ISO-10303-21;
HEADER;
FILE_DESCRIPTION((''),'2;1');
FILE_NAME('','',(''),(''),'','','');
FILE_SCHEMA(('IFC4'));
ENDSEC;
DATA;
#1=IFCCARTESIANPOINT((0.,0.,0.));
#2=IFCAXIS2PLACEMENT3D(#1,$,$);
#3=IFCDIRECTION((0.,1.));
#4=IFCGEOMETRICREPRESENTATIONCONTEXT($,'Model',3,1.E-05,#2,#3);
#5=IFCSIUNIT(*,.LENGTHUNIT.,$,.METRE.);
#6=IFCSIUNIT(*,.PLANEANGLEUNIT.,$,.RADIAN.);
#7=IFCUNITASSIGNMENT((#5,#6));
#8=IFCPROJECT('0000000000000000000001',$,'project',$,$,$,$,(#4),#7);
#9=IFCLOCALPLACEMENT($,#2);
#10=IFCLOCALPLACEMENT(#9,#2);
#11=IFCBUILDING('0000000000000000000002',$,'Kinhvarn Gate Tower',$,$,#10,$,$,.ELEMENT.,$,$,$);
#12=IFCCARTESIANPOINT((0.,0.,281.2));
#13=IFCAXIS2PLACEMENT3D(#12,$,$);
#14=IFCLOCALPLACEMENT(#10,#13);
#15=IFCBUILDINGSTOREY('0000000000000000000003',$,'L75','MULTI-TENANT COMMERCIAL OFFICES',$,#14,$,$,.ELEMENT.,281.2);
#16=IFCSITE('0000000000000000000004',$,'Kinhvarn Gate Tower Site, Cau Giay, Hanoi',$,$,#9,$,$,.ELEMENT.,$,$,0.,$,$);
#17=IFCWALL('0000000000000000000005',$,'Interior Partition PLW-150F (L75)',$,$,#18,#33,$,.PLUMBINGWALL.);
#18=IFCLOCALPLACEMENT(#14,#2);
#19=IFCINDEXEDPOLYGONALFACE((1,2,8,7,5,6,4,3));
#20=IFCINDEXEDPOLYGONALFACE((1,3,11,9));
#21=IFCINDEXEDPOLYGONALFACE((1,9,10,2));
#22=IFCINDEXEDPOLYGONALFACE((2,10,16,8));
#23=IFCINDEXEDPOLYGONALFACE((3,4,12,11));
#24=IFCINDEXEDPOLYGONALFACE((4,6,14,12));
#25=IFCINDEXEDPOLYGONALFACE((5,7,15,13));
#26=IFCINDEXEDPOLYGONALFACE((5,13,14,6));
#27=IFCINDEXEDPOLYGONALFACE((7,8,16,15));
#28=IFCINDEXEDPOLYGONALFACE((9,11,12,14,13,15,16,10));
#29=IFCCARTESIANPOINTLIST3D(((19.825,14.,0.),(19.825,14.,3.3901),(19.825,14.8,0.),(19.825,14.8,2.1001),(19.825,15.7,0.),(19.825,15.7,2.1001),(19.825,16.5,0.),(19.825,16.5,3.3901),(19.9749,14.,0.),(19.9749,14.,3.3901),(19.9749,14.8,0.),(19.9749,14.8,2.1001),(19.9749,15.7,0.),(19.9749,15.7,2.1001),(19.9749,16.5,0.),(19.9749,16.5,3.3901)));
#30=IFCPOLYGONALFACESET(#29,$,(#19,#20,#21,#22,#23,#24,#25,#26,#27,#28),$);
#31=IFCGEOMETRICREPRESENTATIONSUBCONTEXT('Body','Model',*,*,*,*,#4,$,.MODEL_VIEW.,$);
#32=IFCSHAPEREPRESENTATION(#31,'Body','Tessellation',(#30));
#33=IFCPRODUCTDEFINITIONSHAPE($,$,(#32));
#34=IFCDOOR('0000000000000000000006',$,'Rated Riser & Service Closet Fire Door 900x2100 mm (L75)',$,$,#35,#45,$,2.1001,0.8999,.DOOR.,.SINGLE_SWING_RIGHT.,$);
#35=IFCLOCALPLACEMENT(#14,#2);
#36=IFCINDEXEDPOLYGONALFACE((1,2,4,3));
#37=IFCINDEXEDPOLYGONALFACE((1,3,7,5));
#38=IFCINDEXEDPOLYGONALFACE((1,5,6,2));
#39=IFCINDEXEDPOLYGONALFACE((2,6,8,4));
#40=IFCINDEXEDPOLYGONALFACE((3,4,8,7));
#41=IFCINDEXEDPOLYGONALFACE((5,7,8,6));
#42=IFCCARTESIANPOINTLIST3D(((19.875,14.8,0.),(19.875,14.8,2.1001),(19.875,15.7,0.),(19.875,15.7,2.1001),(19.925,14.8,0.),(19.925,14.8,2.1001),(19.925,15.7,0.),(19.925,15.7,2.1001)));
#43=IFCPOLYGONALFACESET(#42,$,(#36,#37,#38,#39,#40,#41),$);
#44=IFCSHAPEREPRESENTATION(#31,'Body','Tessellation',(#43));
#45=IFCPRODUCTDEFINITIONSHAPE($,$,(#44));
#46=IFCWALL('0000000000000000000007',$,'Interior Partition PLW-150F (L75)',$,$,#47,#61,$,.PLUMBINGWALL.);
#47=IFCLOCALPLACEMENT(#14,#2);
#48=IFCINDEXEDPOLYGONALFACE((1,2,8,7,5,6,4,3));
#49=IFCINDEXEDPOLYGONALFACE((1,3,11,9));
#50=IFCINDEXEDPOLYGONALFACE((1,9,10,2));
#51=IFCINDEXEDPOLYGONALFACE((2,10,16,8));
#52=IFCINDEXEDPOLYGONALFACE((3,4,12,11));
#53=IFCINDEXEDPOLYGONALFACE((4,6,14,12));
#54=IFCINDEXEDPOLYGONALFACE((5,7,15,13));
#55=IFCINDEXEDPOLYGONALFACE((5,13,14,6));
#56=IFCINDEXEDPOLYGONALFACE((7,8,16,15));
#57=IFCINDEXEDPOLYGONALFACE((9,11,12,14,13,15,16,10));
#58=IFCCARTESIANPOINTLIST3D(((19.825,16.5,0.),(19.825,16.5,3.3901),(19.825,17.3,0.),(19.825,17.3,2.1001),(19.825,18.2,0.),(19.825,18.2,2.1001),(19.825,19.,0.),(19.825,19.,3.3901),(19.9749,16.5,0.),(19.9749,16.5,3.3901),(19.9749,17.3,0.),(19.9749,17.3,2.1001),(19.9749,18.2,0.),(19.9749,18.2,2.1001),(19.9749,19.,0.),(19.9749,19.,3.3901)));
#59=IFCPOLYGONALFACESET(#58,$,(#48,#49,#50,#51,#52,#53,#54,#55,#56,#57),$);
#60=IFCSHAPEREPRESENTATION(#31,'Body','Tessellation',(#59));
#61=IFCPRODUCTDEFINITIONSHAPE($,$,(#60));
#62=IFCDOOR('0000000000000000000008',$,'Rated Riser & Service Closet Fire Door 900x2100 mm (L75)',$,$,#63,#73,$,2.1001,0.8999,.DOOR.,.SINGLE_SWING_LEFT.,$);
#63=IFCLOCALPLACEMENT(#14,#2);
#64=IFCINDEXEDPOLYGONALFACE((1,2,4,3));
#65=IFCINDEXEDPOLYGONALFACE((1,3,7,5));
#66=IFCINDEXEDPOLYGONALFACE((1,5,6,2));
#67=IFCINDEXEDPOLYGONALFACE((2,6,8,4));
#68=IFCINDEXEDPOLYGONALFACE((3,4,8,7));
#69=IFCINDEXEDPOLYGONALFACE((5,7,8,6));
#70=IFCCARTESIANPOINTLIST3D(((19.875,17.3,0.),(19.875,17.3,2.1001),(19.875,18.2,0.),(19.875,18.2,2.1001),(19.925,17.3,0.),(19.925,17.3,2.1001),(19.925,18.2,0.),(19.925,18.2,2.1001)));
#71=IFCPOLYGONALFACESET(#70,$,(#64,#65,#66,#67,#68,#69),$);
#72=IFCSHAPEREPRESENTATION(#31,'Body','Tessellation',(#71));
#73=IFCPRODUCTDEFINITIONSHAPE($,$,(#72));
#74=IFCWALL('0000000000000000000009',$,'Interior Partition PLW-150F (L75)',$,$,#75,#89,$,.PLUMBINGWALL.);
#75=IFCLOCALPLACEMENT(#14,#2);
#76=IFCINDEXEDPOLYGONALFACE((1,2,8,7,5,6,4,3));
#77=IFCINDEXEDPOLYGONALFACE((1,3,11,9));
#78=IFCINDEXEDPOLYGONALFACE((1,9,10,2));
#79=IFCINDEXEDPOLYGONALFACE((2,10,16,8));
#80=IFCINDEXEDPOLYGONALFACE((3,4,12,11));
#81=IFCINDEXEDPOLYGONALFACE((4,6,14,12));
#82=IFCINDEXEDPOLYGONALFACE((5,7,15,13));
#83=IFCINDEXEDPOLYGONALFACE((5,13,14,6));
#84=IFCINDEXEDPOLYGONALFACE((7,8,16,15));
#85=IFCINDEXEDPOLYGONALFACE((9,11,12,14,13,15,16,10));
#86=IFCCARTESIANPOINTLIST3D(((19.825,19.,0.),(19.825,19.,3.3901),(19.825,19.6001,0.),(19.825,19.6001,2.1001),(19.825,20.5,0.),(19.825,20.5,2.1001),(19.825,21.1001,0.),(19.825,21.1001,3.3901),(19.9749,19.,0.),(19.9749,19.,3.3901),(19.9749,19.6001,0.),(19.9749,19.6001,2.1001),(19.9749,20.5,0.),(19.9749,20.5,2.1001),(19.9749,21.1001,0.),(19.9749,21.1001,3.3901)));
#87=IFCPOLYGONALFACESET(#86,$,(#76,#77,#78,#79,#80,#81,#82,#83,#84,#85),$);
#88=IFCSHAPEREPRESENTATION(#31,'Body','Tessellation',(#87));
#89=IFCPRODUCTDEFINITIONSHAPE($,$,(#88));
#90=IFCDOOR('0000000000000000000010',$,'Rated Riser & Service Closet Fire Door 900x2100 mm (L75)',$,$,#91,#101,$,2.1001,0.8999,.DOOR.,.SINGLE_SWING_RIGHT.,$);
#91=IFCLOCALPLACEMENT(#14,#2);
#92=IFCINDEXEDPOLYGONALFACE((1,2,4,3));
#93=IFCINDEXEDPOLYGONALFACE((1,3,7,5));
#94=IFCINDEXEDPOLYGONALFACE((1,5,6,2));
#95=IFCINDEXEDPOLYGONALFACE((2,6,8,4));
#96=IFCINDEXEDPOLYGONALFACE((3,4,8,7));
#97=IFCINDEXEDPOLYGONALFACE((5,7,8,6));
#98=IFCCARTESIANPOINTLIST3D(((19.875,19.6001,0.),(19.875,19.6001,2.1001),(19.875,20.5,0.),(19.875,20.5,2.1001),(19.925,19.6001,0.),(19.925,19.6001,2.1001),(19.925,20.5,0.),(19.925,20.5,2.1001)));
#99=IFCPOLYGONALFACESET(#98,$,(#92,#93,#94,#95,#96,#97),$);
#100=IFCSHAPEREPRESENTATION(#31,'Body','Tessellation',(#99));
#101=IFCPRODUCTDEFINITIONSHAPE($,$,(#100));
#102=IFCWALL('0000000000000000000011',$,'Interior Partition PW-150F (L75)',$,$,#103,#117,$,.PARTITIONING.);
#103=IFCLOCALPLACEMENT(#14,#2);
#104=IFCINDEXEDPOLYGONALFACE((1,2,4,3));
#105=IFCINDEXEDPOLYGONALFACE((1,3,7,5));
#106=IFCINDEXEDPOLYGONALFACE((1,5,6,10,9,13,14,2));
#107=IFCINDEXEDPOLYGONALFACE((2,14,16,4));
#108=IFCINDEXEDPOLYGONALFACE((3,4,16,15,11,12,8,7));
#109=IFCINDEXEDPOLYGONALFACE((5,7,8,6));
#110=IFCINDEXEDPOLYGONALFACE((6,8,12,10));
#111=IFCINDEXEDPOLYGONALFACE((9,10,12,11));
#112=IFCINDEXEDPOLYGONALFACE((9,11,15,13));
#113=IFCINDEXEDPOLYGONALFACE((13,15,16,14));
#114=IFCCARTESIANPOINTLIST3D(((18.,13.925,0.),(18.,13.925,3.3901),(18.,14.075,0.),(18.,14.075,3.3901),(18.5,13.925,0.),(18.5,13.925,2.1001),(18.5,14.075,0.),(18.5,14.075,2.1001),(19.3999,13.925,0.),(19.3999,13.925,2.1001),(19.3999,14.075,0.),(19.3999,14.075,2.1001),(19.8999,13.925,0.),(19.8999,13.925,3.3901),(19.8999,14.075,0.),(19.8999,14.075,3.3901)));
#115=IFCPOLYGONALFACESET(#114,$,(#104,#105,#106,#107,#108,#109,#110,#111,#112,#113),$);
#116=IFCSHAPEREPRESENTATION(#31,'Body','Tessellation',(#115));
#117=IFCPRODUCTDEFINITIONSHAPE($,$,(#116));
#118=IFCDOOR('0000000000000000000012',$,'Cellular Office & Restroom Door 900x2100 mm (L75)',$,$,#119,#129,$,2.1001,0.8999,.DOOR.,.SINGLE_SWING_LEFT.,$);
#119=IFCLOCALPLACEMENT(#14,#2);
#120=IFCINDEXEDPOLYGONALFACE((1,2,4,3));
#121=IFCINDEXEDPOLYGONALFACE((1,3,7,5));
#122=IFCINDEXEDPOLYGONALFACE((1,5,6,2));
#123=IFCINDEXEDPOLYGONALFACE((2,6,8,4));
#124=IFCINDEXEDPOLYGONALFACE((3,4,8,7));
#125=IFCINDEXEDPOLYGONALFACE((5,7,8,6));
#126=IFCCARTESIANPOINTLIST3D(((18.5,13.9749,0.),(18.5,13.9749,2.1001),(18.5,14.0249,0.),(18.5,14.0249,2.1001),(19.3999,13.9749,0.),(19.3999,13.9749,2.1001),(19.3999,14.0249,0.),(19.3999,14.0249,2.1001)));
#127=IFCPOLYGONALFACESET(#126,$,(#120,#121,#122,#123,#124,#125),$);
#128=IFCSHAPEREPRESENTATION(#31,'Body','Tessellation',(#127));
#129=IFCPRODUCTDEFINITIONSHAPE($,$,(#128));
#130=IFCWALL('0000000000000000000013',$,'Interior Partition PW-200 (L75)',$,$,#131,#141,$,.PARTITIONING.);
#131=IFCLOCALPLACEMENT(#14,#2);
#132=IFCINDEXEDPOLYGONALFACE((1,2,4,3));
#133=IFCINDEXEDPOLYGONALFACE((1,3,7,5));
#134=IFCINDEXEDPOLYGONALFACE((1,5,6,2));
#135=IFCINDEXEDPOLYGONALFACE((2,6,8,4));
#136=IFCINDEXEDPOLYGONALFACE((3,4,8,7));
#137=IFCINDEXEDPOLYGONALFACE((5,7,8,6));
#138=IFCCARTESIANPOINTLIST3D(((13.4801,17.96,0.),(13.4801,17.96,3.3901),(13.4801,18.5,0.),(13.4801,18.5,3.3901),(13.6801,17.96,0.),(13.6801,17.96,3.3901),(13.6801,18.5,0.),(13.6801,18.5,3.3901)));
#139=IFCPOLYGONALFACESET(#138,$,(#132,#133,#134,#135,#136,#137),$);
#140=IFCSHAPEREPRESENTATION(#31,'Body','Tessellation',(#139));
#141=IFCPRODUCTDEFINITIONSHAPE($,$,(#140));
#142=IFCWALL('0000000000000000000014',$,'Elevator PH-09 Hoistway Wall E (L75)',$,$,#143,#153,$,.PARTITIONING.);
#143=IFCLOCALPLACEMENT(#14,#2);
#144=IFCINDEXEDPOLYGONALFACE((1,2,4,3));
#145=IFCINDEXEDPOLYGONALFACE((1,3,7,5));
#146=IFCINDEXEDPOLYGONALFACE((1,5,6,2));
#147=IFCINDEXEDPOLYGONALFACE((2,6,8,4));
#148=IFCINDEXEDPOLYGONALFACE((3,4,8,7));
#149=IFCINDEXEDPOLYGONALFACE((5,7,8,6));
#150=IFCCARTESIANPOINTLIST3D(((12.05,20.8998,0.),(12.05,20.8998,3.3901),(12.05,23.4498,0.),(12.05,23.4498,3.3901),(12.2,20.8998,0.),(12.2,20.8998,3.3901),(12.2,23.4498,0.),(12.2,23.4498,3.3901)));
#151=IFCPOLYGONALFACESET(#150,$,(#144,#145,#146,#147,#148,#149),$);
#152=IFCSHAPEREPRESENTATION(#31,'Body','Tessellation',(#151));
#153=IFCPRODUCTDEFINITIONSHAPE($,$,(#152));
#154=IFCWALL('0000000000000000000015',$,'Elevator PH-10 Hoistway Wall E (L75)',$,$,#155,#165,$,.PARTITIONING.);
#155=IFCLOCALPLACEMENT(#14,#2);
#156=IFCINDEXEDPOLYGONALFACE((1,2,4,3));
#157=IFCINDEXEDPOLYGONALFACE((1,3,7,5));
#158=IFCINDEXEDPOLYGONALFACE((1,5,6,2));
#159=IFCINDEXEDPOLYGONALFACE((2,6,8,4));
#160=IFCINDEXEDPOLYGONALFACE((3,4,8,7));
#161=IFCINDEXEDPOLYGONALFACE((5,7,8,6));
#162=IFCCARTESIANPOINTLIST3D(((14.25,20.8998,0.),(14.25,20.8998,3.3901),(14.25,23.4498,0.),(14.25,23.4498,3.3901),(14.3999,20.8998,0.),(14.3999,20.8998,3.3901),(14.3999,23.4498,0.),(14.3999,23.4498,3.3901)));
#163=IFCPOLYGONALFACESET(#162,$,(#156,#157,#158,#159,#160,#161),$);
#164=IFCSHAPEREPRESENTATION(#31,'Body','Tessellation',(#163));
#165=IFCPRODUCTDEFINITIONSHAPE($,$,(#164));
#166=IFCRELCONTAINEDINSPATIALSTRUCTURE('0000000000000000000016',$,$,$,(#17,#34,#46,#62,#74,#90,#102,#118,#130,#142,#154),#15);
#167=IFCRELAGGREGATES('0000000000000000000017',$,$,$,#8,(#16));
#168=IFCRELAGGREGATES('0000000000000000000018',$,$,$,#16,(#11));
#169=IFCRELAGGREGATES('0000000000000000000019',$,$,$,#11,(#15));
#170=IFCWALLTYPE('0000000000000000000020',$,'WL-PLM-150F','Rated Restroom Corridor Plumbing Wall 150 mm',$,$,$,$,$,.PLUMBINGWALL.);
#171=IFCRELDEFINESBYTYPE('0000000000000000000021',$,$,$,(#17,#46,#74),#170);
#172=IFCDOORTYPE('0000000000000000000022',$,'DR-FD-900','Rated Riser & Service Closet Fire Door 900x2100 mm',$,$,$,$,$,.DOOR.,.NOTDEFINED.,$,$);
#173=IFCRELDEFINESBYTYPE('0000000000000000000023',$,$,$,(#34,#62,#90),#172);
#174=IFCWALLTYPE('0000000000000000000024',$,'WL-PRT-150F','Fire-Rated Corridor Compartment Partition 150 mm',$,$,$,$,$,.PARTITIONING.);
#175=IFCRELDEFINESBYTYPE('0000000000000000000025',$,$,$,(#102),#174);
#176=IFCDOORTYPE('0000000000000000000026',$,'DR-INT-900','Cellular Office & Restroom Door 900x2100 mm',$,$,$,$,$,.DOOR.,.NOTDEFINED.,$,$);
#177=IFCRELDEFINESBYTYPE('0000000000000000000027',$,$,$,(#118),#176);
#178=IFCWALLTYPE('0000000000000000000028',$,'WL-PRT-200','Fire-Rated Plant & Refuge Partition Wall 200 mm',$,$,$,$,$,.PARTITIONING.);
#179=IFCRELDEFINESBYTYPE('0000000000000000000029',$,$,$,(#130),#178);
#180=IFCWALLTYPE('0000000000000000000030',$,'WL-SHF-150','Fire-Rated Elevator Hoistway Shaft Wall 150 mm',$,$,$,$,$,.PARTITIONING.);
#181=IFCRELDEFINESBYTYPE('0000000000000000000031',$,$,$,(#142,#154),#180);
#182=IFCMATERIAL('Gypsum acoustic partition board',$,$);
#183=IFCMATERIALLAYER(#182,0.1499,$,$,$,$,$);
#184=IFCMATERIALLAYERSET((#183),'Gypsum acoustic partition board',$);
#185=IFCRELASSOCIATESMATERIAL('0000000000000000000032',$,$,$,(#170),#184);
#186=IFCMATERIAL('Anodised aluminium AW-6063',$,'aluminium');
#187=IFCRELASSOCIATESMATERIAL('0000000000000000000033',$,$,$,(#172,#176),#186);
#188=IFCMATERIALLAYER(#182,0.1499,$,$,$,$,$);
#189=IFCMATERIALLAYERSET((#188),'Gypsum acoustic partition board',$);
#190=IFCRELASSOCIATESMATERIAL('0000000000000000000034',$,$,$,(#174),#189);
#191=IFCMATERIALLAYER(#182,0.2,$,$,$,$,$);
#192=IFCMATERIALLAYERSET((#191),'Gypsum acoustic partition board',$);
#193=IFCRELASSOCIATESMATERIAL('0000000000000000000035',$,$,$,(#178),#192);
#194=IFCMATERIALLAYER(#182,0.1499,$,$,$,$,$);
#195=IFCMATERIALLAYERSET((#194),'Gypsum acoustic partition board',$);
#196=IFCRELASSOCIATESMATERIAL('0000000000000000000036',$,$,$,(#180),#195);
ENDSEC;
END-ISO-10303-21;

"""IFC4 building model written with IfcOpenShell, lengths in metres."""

from ifc_helpers import new_model, si_unit, direction, frame, frame_2d, origin, place, context, subcontext, project, spatial, rectangle, extrude, material, layer, layer_set, type_object, element, fill, save


model = new_model("IFC4")

# Units and contexts
model_context = context("Model", 3, precision=1e-05, world=origin(), true_north=direction((0.0, 1.0)))
body_context = subcontext(model_context, "Body", "Model", "MODEL_VIEW")
ifc_project = project(units=[si_unit("LENGTHUNIT", "METRE"), si_unit("PLANEANGLEUNIT", "RADIAN")], contexts=[model_context])

# Site, building, storey
site_placement = place(None, origin())
site = spatial("IfcSite", under=ifc_project, at=site_placement, Name="Kinhvarn Gate Tower Site, Cau Giay, Hanoi", CompositionType="ELEMENT", RefElevation=0.0)
building_placement = place(site_placement, origin())
building = spatial("IfcBuilding", under=site, at=building_placement, Name="Kinhvarn Gate Tower", CompositionType="ELEMENT")
storey_placement = place(building_placement, frame((0.0, 0.0, 281.2)))
storey = spatial("IfcBuildingStorey", under=building, at=storey_placement, Name="L75", Description="MULTI-TENANT COMMERCIAL OFFICES", CompositionType="ELEMENT", Elevation=281.2)

# Shared definitions
ifc_material_1 = material(Name="Anodised aluminium AW-6063", Category="aluminium")

# Shared definitions
ifc_material_2 = material(Name="Gypsum acoustic partition board")

# Walls, openings, doors
ifc_layer_1 = layer(ifc_material_2, 0.1499)
ifc_layer_set_1 = layer_set([ifc_layer_1], Name="Gypsum acoustic partition board")
wall_type_1 = type_object("IfcWallType", Name="WL-PLM-150F", Description="Rated Restroom Corridor Plumbing Wall 150 mm", PredefinedType="PLUMBINGWALL", material=ifc_layer_set_1)
wall_1_placement = place(storey_placement, frame((19.8999, 14.0, 0.0), z_axis=(0.0, 0.0, 1.0), x_axis=(0.0, 1.0, 0.0)))
wall_1 = element("IfcWall", 1, at=wall_1_placement, inside=storey, type_object=wall_type_1, Name="Interior Partition PLW-150F (L75)", PredefinedType="PLUMBINGWALL", context=body_context, shape_type="SweptSolid", body=[
    extrude(rectangle(XDim=2.5, YDim=0.1499, at=frame_2d((1.25, 0.0))), origin(), (0.0, 0.0, 1.0), 3.3901),
])
opening_1_placement = place(wall_1_placement, frame((0.8, 0.0, 0.0)))
opening_1 = element("IfcOpeningElement", 2, at=opening_1_placement, cuts=wall_1, PredefinedType="OPENING", context=body_context, shape_type="SweptSolid", body=[
    extrude(rectangle(XDim=0.8999, YDim=2.1001, at=frame_2d((0.45, 1.05))), frame((0.0, 0.085, 0.0), z_axis=(0.0, -1.0, 0.0), x_axis=(1.0, 0.0, 0.0)), (0.0, 0.0, 1.0), 0.1699),
])
door_type_1 = type_object("IfcDoorType", Name="DR-FD-900", Description="Rated Riser & Service Closet Fire Door 900x2100 mm", OperationType="NOTDEFINED", PredefinedType="DOOR", material=ifc_material_1)
door_1_placement = place(opening_1_placement, origin())
door_1 = element("IfcDoor", 3, at=door_1_placement, inside=storey, type_object=door_type_1, Name="Rated Riser & Service Closet Fire Door 900x2100 mm (L75)", OperationType="SINGLE_SWING_RIGHT", OverallHeight=2.1001, OverallWidth=0.8999, PredefinedType="DOOR", context=body_context, shape_type="SweptSolid", body=[
    extrude(rectangle(XDim=0.8999, YDim=2.1001, at=frame_2d((0.45, 1.05))), frame((0.0, 0.0249, 0.0), z_axis=(0.0, -1.0, 0.0), x_axis=(1.0, 0.0, 0.0)), (0.0, 0.0, 1.0), 0.05),
])
fill(opening_1, door_1)
wall_2_placement = place(storey_placement, frame((19.8999, 16.5, 0.0), z_axis=(0.0, 0.0, 1.0), x_axis=(0.0, 1.0, 0.0)))
wall_2 = element("IfcWall", 4, at=wall_2_placement, inside=storey, type_object=wall_type_1, Name="Interior Partition PLW-150F (L75)", PredefinedType="PLUMBINGWALL", context=body_context, shape_type="SweptSolid", body=[
    extrude(rectangle(XDim=2.5, YDim=0.1499, at=frame_2d((1.25, 0.0))), origin(), (0.0, 0.0, 1.0), 3.3901),
])
opening_2_placement = place(wall_2_placement, frame((0.8, 0.0, 0.0)))
opening_2 = element("IfcOpeningElement", 5, at=opening_2_placement, cuts=wall_2, PredefinedType="OPENING", context=body_context, shape_type="SweptSolid", body=[
    extrude(rectangle(XDim=0.8999, YDim=2.1001, at=frame_2d((0.45, 1.05))), frame((0.0, 0.085, 0.0), z_axis=(0.0, -1.0, 0.0), x_axis=(1.0, 0.0, 0.0)), (0.0, 0.0, 1.0), 0.1699),
])
door_2_placement = place(opening_2_placement, origin())
door_2 = element("IfcDoor", 6, at=door_2_placement, inside=storey, type_object=door_type_1, Name="Rated Riser & Service Closet Fire Door 900x2100 mm (L75)", OperationType="SINGLE_SWING_LEFT", OverallHeight=2.1001, OverallWidth=0.8999, PredefinedType="DOOR", context=body_context, shape_type="SweptSolid", body=[
    extrude(rectangle(XDim=0.8999, YDim=2.1001, at=frame_2d((0.45, 1.05))), frame((0.0, 0.0249, 0.0), z_axis=(0.0, -1.0, 0.0), x_axis=(1.0, 0.0, 0.0)), (0.0, 0.0, 1.0), 0.05),
])
fill(opening_2, door_2)
wall_3_placement = place(storey_placement, frame((19.8999, 19.0, 0.0), z_axis=(0.0, 0.0, 1.0), x_axis=(0.0, 1.0, 0.0)))
wall_3 = element("IfcWall", 7, at=wall_3_placement, inside=storey, type_object=wall_type_1, Name="Interior Partition PLW-150F (L75)", PredefinedType="PLUMBINGWALL", context=body_context, shape_type="SweptSolid", body=[
    extrude(rectangle(XDim=2.1001, YDim=0.1499, at=frame_2d((1.05, 0.0))), origin(), (0.0, 0.0, 1.0), 3.3901),
])
opening_3_placement = place(wall_3_placement, frame((0.6001, 0.0, 0.0)))
opening_3 = element("IfcOpeningElement", 8, at=opening_3_placement, cuts=wall_3, PredefinedType="OPENING", context=body_context, shape_type="SweptSolid", body=[
    extrude(rectangle(XDim=0.8999, YDim=2.1001, at=frame_2d((0.45, 1.05))), frame((0.0, 0.085, 0.0), z_axis=(0.0, -1.0, 0.0), x_axis=(1.0, 0.0, 0.0)), (0.0, 0.0, 1.0), 0.1699),
])
door_3_placement = place(opening_3_placement, origin())
door_3 = element("IfcDoor", 9, at=door_3_placement, inside=storey, type_object=door_type_1, Name="Rated Riser & Service Closet Fire Door 900x2100 mm (L75)", OperationType="SINGLE_SWING_RIGHT", OverallHeight=2.1001, OverallWidth=0.8999, PredefinedType="DOOR", context=body_context, shape_type="SweptSolid", body=[
    extrude(rectangle(XDim=0.8999, YDim=2.1001, at=frame_2d((0.45, 1.05))), frame((0.0, 0.0249, 0.0), z_axis=(0.0, -1.0, 0.0), x_axis=(1.0, 0.0, 0.0)), (0.0, 0.0, 1.0), 0.05),
])
fill(opening_3, door_3)
ifc_layer_2 = layer(ifc_material_2, 0.1499)
ifc_layer_set_2 = layer_set([ifc_layer_2], Name="Gypsum acoustic partition board")
wall_type_2 = type_object("IfcWallType", Name="WL-PRT-150F", Description="Fire-Rated Corridor Compartment Partition 150 mm", PredefinedType="PARTITIONING", material=ifc_layer_set_2)
wall_4_placement = place(storey_placement, frame((18.0, 14.0, 0.0), z_axis=(0.0, 0.0, 1.0), x_axis=(1.0, 0.0, 0.0)))
wall_4 = element("IfcWall", 10, at=wall_4_placement, inside=storey, type_object=wall_type_2, Name="Interior Partition PW-150F (L75)", PredefinedType="PARTITIONING", context=body_context, shape_type="SweptSolid", body=[
    extrude(rectangle(XDim=1.8999, YDim=0.1499, at=frame_2d((0.95, 0.0))), origin(), (0.0, 0.0, 1.0), 3.3901),
])
opening_4_placement = place(wall_4_placement, frame((0.5, 0.0, 0.0)))
opening_4 = element("IfcOpeningElement", 11, at=opening_4_placement, cuts=wall_4, PredefinedType="OPENING", context=body_context, shape_type="SweptSolid", body=[
    extrude(rectangle(XDim=0.8999, YDim=2.1001, at=frame_2d((0.45, 1.05))), frame((0.0, 0.085, 0.0), z_axis=(0.0, -1.0, 0.0), x_axis=(1.0, 0.0, 0.0)), (0.0, 0.0, 1.0), 0.1699),
])
door_type_2 = type_object("IfcDoorType", Name="DR-INT-900", Description="Cellular Office & Restroom Door 900x2100 mm", OperationType="NOTDEFINED", PredefinedType="DOOR", material=ifc_material_1)
door_4_placement = place(opening_4_placement, origin())
door_4 = element("IfcDoor", 12, at=door_4_placement, inside=storey, type_object=door_type_2, Name="Cellular Office & Restroom Door 900x2100 mm (L75)", OperationType="SINGLE_SWING_LEFT", OverallHeight=2.1001, OverallWidth=0.8999, PredefinedType="DOOR", context=body_context, shape_type="SweptSolid", body=[
    extrude(rectangle(XDim=0.8999, YDim=2.1001, at=frame_2d((0.45, 1.05))), frame((0.0, 0.0249, 0.0), z_axis=(0.0, -1.0, 0.0), x_axis=(1.0, 0.0, 0.0)), (0.0, 0.0, 1.0), 0.05),
])
fill(opening_4, door_4)

# Walls
ifc_layer_3 = layer(ifc_material_2, 0.2)
ifc_layer_set_3 = layer_set([ifc_layer_3], Name="Gypsum acoustic partition board")
wall_type_3 = type_object("IfcWallType", Name="WL-PRT-200", Description="Fire-Rated Plant & Refuge Partition Wall 200 mm", PredefinedType="PARTITIONING", material=ifc_layer_set_3)
wall_5_placement = place(storey_placement, frame((13.5801, 17.96, 0.0), z_axis=(0.0, 0.0, 1.0), x_axis=(0.0, 1.0, 0.0)))
element("IfcWall", 13, at=wall_5_placement, inside=storey, type_object=wall_type_3, Name="Interior Partition PW-200 (L75)", PredefinedType="PARTITIONING", context=body_context, shape_type="SweptSolid", body=[
    extrude(rectangle(XDim=0.54, YDim=0.2, at=frame_2d((0.27, 0.0))), origin(), (0.0, 0.0, 1.0), 3.3901),
])
ifc_layer_4 = layer(ifc_material_2, 0.1499)
ifc_layer_set_4 = layer_set([ifc_layer_4], Name="Gypsum acoustic partition board")
wall_type_4 = type_object("IfcWallType", Name="WL-SHF-150", Description="Fire-Rated Elevator Hoistway Shaft Wall 150 mm", PredefinedType="PARTITIONING", material=ifc_layer_set_4)
for number, where, z_axis, x_axis, name in (
    (14, (12.125, 20.8999, 0.0), (0.0, 0.0, 1.0), (0.0, 1.0, 0.0), "Elevator PH-09 Hoistway Wall E (L75)"),
    (15, (14.325, 20.8999, 0.0), (0.0, 0.0, 1.0), (0.0, 1.0, 0.0), "Elevator PH-10 Hoistway Wall E (L75)"),
):
    element("IfcWall", number, at=place(storey_placement, frame(where, z_axis=z_axis, x_axis=x_axis)), inside=storey, type_object=wall_type_4, Name=name, PredefinedType="PARTITIONING", context=body_context, shape_type="SweptSolid", body=[
        extrude(rectangle(XDim=2.55, YDim=0.1499, at=frame_2d((1.2749, 0.0))), origin(), (0.0, 0.0, 1.0), 3.3901),
    ])

save(model, "model.ifc")
